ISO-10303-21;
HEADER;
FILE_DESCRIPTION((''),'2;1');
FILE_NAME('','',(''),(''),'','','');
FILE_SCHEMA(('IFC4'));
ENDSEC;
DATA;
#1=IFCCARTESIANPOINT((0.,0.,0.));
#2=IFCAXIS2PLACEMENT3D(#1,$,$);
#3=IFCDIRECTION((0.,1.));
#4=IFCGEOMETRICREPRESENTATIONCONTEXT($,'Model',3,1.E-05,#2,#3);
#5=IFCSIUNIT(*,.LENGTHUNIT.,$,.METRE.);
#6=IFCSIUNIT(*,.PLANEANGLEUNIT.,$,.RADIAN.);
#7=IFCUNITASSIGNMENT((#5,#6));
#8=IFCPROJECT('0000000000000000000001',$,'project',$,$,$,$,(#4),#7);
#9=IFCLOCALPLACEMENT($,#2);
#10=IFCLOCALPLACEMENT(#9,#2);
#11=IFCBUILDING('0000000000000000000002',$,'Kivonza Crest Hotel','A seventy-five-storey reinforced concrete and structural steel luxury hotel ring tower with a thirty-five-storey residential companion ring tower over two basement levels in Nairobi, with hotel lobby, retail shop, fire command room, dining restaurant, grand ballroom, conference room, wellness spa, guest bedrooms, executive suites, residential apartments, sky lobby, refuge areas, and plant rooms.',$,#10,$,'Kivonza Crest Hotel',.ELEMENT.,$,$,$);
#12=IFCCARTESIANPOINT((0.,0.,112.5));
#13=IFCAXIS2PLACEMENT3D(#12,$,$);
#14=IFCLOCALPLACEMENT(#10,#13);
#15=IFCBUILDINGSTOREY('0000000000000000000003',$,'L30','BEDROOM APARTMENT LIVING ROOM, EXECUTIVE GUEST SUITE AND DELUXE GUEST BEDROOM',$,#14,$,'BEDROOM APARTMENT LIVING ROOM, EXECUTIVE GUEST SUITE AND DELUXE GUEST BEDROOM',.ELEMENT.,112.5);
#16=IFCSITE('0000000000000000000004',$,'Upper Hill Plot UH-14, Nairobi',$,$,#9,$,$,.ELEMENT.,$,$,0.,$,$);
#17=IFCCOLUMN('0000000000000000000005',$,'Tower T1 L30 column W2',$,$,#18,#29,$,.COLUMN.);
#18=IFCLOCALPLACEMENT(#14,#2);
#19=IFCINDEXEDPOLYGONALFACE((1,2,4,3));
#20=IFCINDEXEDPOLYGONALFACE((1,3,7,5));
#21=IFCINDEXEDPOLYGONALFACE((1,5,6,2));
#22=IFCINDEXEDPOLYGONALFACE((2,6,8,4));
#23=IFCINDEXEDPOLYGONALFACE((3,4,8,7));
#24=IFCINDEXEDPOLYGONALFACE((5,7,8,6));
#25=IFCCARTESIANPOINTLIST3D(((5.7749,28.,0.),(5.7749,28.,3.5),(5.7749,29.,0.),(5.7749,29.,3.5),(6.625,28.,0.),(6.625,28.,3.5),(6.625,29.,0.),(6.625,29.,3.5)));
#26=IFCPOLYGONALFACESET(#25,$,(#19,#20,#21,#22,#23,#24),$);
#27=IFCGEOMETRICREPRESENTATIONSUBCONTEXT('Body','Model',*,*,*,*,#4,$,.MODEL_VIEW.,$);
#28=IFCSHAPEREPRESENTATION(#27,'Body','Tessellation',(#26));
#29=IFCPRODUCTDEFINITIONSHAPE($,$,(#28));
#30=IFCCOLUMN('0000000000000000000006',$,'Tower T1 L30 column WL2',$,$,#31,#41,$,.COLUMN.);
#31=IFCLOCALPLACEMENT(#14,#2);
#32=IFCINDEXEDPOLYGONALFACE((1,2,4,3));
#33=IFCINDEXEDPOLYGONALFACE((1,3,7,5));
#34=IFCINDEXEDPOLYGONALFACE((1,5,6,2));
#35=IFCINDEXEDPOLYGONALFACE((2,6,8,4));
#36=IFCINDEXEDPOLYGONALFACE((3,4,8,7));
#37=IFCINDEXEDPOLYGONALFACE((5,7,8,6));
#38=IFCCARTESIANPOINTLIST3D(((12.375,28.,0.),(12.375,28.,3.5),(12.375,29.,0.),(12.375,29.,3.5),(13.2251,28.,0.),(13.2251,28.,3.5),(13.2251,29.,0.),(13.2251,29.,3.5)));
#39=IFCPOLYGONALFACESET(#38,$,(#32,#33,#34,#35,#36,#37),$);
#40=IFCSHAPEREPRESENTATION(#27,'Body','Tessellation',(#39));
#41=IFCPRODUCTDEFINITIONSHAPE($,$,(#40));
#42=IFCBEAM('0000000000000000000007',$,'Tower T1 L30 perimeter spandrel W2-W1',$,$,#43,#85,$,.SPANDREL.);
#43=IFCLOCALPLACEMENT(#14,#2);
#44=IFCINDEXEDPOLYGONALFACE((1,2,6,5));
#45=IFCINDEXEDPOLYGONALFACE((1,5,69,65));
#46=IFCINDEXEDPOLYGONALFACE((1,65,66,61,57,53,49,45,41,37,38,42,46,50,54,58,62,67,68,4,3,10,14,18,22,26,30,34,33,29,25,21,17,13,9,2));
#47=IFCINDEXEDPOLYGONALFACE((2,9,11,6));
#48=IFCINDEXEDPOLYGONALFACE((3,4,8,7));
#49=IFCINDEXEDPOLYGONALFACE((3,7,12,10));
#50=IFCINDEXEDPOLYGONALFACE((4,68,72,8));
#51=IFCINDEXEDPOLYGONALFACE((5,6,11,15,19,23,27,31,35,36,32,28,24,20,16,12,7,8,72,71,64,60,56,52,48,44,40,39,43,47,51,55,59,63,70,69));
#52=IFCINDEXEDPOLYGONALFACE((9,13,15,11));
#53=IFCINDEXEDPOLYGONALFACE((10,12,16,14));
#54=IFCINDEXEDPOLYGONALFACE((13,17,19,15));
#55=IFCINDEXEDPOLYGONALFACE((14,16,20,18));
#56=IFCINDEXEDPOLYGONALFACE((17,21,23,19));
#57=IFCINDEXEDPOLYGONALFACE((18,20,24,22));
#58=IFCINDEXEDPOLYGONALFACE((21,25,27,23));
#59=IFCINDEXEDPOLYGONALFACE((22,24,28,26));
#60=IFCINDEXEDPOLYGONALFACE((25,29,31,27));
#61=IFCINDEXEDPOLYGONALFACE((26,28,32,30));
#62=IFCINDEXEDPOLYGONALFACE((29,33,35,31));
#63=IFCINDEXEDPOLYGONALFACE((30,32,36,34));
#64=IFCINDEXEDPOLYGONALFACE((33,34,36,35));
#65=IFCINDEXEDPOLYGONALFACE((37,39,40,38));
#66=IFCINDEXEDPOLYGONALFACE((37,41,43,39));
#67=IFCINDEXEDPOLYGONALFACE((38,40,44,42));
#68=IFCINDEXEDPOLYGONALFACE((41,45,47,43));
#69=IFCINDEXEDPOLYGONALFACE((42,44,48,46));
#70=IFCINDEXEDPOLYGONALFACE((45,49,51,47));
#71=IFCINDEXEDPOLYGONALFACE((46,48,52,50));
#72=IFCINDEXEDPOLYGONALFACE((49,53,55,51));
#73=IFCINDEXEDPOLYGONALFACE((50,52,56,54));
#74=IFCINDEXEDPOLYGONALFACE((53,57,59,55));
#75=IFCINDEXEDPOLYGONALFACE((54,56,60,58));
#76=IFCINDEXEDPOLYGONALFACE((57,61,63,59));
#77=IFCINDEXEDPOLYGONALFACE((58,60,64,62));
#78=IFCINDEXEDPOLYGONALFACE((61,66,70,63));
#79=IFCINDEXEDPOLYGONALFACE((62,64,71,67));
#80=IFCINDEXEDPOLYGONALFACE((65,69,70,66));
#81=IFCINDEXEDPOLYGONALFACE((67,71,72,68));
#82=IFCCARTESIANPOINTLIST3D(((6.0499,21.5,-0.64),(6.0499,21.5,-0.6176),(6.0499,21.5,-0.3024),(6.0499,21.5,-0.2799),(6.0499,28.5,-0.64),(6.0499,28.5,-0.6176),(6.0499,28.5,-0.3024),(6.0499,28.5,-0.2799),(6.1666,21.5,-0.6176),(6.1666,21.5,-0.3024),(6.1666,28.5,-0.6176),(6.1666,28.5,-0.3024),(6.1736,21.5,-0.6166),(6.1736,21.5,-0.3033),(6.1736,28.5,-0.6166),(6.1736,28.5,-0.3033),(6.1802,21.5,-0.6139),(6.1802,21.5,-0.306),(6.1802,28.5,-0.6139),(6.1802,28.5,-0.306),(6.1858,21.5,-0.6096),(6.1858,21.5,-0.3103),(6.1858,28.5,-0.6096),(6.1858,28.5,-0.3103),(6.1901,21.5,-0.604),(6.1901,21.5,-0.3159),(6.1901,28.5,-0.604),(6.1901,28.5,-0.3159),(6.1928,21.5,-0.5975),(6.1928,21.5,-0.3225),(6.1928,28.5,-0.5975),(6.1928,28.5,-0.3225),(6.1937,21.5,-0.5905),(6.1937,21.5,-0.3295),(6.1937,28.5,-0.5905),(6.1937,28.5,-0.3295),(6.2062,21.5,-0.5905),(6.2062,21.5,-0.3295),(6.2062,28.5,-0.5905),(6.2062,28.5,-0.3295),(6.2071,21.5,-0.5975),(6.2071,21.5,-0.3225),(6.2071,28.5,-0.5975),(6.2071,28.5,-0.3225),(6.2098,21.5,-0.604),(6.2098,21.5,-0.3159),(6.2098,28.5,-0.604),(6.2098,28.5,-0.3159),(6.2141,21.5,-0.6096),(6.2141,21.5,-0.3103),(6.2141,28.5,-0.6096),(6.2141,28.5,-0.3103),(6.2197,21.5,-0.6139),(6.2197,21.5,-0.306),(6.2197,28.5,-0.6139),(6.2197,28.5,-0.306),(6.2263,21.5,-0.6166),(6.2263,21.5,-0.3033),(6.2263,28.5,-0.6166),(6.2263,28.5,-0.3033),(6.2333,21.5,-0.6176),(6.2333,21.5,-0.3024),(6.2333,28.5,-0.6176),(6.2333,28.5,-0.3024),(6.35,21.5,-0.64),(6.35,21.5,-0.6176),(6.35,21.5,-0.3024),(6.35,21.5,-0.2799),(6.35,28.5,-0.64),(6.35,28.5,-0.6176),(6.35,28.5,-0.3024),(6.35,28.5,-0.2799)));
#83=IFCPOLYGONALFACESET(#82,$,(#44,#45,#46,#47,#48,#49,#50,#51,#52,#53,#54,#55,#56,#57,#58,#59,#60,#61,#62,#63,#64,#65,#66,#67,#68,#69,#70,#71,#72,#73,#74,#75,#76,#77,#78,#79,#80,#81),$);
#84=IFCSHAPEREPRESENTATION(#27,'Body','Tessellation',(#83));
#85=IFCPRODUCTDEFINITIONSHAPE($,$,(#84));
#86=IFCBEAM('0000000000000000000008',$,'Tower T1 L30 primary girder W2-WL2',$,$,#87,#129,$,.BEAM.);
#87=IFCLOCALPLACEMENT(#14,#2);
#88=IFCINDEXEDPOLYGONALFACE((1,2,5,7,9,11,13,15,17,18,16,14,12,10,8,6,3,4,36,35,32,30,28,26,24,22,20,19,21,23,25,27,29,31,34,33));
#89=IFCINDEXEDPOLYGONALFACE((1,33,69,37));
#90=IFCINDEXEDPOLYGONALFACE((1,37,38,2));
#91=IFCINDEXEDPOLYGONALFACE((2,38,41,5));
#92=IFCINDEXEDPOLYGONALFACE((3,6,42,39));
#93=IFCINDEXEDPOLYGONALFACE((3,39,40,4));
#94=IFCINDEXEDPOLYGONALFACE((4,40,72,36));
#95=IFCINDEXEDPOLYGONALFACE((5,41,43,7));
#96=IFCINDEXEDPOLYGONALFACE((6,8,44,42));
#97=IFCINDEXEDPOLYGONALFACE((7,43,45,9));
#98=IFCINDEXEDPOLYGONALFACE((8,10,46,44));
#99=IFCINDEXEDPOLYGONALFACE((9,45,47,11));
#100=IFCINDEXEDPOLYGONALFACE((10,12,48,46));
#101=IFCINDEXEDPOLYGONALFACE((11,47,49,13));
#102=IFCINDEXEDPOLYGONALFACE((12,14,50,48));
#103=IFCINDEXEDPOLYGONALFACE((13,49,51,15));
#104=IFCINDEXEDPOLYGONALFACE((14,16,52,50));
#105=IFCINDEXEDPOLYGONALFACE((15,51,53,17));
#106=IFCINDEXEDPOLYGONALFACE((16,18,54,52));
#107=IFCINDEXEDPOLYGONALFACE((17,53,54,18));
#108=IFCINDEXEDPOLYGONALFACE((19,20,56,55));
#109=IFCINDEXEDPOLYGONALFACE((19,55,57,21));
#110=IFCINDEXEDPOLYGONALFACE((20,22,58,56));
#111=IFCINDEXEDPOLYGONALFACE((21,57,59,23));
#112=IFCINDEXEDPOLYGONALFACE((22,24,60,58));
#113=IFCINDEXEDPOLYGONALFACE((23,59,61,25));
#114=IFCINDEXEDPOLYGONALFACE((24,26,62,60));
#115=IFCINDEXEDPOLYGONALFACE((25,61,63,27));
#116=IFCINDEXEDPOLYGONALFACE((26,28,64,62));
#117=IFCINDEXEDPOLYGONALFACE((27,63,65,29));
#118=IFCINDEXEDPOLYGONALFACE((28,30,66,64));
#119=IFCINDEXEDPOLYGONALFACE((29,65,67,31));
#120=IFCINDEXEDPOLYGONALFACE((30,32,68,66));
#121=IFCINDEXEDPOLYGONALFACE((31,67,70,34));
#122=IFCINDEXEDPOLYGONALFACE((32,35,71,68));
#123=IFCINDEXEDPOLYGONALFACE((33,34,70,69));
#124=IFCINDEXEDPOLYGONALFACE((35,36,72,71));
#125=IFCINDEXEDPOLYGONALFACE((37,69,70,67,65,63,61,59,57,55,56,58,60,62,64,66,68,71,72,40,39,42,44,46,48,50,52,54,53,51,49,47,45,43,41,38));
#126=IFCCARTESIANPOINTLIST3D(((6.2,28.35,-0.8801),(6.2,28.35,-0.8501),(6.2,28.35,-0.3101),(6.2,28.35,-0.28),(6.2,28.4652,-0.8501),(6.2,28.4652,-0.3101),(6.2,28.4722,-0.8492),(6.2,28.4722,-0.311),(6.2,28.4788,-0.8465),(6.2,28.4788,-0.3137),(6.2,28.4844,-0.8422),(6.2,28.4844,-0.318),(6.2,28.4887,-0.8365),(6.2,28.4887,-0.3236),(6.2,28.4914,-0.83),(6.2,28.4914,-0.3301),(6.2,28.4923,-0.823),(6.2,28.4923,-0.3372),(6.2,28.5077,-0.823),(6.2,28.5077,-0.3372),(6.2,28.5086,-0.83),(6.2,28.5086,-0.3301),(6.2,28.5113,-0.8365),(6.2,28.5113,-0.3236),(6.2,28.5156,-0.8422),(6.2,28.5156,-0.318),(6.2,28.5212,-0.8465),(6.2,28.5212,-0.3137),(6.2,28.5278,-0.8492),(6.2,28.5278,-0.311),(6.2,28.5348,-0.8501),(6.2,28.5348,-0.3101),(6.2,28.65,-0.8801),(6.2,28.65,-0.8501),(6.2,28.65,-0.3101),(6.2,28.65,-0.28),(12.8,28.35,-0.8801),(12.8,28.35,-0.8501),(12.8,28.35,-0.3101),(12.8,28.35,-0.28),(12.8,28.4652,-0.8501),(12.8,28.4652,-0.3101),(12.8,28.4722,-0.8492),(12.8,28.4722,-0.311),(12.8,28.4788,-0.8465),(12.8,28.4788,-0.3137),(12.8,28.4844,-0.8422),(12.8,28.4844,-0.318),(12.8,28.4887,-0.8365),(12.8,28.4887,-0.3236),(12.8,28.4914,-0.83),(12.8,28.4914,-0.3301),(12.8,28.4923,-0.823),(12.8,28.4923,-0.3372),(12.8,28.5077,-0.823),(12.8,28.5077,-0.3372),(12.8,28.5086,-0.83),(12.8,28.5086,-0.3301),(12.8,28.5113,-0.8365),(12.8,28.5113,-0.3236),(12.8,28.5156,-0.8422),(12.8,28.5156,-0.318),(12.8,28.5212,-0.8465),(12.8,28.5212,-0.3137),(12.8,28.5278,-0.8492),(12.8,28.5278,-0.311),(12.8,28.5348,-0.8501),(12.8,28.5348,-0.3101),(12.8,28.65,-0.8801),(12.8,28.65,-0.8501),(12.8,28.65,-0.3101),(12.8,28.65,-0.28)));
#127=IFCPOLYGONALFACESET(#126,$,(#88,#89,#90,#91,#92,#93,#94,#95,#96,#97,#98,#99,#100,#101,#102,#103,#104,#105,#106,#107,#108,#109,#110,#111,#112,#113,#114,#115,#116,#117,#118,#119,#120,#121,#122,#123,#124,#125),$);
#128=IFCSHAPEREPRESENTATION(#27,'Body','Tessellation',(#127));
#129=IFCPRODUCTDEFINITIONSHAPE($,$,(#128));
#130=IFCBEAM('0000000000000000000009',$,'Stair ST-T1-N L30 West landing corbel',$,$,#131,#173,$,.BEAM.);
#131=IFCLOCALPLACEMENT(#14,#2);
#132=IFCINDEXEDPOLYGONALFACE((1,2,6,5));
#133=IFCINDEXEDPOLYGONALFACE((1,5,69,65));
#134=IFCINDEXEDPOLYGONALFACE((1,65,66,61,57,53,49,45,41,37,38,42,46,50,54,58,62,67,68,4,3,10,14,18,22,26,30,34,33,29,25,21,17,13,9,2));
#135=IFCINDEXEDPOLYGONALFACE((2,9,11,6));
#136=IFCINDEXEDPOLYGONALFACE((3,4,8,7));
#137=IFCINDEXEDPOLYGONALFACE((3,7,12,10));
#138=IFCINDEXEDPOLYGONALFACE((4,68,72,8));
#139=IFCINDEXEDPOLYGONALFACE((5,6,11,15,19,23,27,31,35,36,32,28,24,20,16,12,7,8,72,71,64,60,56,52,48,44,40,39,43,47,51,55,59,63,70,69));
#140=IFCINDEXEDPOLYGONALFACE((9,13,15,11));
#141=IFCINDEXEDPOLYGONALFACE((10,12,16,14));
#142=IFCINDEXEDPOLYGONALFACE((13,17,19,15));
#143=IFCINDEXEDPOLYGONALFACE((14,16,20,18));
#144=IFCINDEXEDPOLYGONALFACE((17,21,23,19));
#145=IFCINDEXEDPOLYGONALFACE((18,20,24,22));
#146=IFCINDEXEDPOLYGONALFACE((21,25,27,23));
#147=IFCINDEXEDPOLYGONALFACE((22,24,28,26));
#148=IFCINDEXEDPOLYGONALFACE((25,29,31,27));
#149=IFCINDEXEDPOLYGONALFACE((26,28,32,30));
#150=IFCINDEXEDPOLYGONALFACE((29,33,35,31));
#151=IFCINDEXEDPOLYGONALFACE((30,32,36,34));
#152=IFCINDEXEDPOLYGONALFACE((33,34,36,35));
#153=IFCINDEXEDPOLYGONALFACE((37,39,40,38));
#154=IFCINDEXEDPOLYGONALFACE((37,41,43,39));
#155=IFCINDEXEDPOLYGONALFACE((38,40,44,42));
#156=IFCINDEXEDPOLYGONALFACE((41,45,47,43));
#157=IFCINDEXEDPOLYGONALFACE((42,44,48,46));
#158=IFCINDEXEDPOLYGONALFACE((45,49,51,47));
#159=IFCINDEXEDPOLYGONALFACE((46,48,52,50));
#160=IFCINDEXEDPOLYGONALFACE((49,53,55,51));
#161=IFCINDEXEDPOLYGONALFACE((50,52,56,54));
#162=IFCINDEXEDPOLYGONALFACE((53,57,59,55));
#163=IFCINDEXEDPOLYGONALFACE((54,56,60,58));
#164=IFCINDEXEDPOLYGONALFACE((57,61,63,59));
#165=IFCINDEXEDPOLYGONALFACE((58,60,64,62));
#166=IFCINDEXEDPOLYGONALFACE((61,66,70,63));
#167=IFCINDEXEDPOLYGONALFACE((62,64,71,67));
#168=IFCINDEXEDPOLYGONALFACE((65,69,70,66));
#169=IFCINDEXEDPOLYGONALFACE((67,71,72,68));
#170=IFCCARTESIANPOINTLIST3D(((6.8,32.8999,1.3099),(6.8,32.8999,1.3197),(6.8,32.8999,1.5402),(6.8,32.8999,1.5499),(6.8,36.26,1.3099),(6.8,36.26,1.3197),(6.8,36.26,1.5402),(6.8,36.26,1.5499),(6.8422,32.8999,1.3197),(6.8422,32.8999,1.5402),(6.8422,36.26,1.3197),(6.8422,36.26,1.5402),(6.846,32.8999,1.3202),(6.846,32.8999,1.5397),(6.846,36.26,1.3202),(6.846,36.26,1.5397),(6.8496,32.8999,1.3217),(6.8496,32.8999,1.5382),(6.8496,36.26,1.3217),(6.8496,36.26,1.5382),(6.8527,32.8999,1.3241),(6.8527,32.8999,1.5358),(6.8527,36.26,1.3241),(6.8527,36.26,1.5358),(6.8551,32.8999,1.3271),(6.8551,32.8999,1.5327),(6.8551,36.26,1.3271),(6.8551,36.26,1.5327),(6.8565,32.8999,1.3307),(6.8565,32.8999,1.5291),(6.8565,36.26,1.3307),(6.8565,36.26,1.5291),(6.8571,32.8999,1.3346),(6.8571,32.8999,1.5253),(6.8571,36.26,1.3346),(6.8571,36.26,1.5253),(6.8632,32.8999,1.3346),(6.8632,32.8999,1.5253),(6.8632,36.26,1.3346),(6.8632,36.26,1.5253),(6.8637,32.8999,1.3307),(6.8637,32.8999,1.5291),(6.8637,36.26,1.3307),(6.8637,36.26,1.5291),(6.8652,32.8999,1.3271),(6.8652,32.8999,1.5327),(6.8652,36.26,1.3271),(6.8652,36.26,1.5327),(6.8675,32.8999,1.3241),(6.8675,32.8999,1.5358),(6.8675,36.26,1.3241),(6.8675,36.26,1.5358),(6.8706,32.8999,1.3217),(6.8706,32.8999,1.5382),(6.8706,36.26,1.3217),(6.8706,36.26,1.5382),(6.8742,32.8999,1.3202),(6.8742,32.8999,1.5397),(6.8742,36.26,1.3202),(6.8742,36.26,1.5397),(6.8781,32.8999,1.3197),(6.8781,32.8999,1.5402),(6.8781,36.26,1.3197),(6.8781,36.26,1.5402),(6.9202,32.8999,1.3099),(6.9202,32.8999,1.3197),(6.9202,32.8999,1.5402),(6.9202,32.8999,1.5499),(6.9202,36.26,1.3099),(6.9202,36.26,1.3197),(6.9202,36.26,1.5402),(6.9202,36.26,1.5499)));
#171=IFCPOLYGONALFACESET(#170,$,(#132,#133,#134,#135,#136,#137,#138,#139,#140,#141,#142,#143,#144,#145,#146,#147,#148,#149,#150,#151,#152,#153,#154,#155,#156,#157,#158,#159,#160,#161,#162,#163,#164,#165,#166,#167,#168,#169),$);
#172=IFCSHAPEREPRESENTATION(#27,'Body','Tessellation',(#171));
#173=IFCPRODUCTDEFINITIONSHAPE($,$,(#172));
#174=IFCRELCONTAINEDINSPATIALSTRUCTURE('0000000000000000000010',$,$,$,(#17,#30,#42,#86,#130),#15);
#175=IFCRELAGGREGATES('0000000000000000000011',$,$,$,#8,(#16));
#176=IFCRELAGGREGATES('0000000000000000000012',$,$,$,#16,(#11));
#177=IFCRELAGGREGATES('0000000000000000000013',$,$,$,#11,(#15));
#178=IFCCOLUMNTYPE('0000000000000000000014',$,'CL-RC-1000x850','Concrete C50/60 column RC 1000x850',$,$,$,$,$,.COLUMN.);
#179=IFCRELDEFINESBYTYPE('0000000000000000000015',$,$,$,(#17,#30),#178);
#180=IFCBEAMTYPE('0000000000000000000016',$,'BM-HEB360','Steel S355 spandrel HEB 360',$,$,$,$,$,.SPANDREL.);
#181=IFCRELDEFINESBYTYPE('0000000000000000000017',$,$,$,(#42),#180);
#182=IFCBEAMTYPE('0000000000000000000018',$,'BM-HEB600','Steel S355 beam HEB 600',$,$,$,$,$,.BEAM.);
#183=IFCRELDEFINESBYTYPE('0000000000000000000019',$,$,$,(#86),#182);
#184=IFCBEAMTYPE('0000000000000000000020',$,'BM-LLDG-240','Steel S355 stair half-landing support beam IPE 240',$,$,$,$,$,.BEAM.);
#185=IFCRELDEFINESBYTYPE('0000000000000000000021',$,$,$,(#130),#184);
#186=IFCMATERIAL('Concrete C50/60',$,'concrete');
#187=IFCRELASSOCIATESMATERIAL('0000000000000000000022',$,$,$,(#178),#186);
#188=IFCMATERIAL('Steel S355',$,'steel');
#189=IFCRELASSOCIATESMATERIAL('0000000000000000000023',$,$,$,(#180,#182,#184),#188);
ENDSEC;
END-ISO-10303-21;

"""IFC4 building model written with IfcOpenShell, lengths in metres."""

from ifc_helpers import new_model, si_unit, direction, frame, origin, origin_2d, place, context, subcontext, project, spatial, rectangle, i_section, extrude, material, material_profile, profile_set, type_object, element, save


model = new_model("IFC4")

# Units and contexts
model_context = context("Model", 3, precision=1e-05, world=origin(), true_north=direction((0.0, 1.0)))
body_context = subcontext(model_context, "Body", "Model", "MODEL_VIEW")
ifc_project = project(units=[si_unit("LENGTHUNIT", "METRE"), si_unit("PLANEANGLEUNIT", "RADIAN")], contexts=[model_context])

# Site, building, storey
site_placement = place(None, origin())
site = spatial("IfcSite", under=ifc_project, at=site_placement, Name="Upper Hill Plot UH-14, Nairobi", CompositionType="ELEMENT", RefElevation=0.0)
building_placement = place(site_placement, origin())
building = spatial("IfcBuilding", under=site, at=building_placement, Name="Kivonza Crest Hotel", Description="A seventy-five-storey reinforced concrete and structural steel luxury hotel ring tower with a thirty-five-storey residential companion ring tower over two basement levels in Nairobi, with hotel lobby, retail shop, fire command room, dining restaurant, grand ballroom, conference room, wellness spa, guest bedrooms, executive suites, residential apartments, sky lobby, refuge areas, and plant rooms.", LongName="Kivonza Crest Hotel", CompositionType="ELEMENT")
storey_placement = place(building_placement, frame((0.0, 0.0, 112.5)))
storey = spatial("IfcBuildingStorey", under=building, at=storey_placement, Name="L30", Description="BEDROOM APARTMENT LIVING ROOM, EXECUTIVE GUEST SUITE AND DELUXE GUEST BEDROOM", LongName="BEDROOM APARTMENT LIVING ROOM, EXECUTIVE GUEST SUITE AND DELUXE GUEST BEDROOM", CompositionType="ELEMENT", Elevation=112.5)

# Columns
ifc_material_1 = material(Name="Concrete C50/60", Category="concrete")
ifc_material_profile_1 = material_profile(ifc_material_1, rectangle(XDim=0.8501, YDim=1.0, at=origin_2d()), Name="RC 1000x850")
ifc_profile_set_1 = profile_set([ifc_material_profile_1], Name="Concrete C50/60")
column_type = type_object("IfcColumnType", Name="CL-RC-1000x850", Description="Concrete C50/60 column RC 1000x850", PredefinedType="COLUMN", material=ifc_profile_set_1)
for number, where, z_axis, x_axis, name in (
    (1, (6.2, 28.5, 0.0), (0.0, 0.0, 1.0), (1.0, 0.0, 0.0), "Tower T1 L30 column W2"),
    (2, (12.8, 28.5, 0.0), (0.0, 0.0, 1.0), (1.0, 0.0, 0.0), "Tower T1 L30 column WL2"),
):
    element("IfcColumn", number, at=place(storey_placement, frame(where, z_axis=z_axis, x_axis=x_axis)), inside=storey, type_object=column_type, Name=name, PredefinedType="COLUMN", context=body_context, shape_type="SweptSolid", body=[
        extrude(rectangle(XDim=0.8501, YDim=1.0, at=origin_2d()), origin(), (0.0, 0.0, 1.0), 3.5),
    ])

# Beams
ifc_material_2 = material(Name="Steel S355", Category="steel")
ifc_material_profile_2 = material_profile(ifc_material_2, i_section(OverallWidth=0.3, OverallDepth=0.3601, WebThickness=0.0125, FlangeThickness=0.0225, FilletRadius=0.0271, at=origin_2d()), Name="HEB 360")
ifc_profile_set_2 = profile_set([ifc_material_profile_2], Name="Steel S355")
beam_type_1 = type_object("IfcBeamType", Name="BM-HEB360", Description="Steel S355 spandrel HEB 360", PredefinedType="SPANDREL", material=ifc_profile_set_2)
beam_1_placement = place(storey_placement, frame((6.2, 28.5, -0.46), z_axis=(0.0, -1.0, 0.0), x_axis=(1.0, 0.0, 0.0)))
element("IfcBeam", 3, at=beam_1_placement, inside=storey, type_object=beam_type_1, Name="Tower T1 L30 perimeter spandrel W2-W1", PredefinedType="SPANDREL", context=body_context, shape_type="SweptSolid", body=[
    extrude(i_section(OverallWidth=0.3, OverallDepth=0.3601, WebThickness=0.0125, FlangeThickness=0.0225, FilletRadius=0.0271, at=origin_2d()), origin(), (0.0, 0.0, 1.0), 7.0),
])
ifc_material_profile_3 = material_profile(ifc_material_2, i_section(OverallWidth=0.3, OverallDepth=0.6001, WebThickness=0.0154, FlangeThickness=0.03, FilletRadius=0.0271, at=origin_2d()), Name="HEB 600")
ifc_profile_set_3 = profile_set([ifc_material_profile_3], Name="Steel S355")
beam_type_2 = type_object("IfcBeamType", Name="BM-HEB600", Description="Steel S355 beam HEB 600", PredefinedType="BEAM", material=ifc_profile_set_3)
beam_2_placement = place(storey_placement, frame((6.2, 28.5, -0.5801), z_axis=(1.0, 0.0, 0.0), x_axis=(0.0, 1.0, 0.0)))
element("IfcBeam", 4, at=beam_2_placement, inside=storey, type_object=beam_type_2, Name="Tower T1 L30 primary girder W2-WL2", PredefinedType="BEAM", context=body_context, shape_type="SweptSolid", body=[
    extrude(i_section(OverallWidth=0.3, OverallDepth=0.6001, WebThickness=0.0154, FlangeThickness=0.03, FilletRadius=0.0271, at=origin_2d()), origin(), (0.0, 0.0, 1.0), 6.6001),
])
ifc_material_profile_4 = material_profile(ifc_material_2, i_section(OverallWidth=0.1201, OverallDepth=0.24, WebThickness=0.0061, FlangeThickness=0.0098, FilletRadius=0.0149, at=origin_2d()), Name="IPE 240")
ifc_profile_set_4 = profile_set([ifc_material_profile_4], Name="Steel S355")
beam_type_3 = type_object("IfcBeamType", Name="BM-LLDG-240", Description="Steel S355 stair half-landing support beam IPE 240", PredefinedType="BEAM", material=ifc_profile_set_4)
beam_3_placement = place(storey_placement, frame((6.8601, 32.8999, 1.4299), z_axis=(0.0, 1.0, 0.0), x_axis=(-1.0, 0.0, 0.0)))
element("IfcBeam", 5, at=beam_3_placement, inside=storey, type_object=beam_type_3, Name="Stair ST-T1-N L30 West landing corbel", PredefinedType="BEAM", context=body_context, shape_type="SweptSolid", body=[
    extrude(i_section(OverallWidth=0.1201, OverallDepth=0.24, WebThickness=0.0061, FlangeThickness=0.0098, FilletRadius=0.0149, at=origin_2d()), origin(), (0.0, 0.0, 1.0), 3.3601),
])

save(model, "model.ifc")
